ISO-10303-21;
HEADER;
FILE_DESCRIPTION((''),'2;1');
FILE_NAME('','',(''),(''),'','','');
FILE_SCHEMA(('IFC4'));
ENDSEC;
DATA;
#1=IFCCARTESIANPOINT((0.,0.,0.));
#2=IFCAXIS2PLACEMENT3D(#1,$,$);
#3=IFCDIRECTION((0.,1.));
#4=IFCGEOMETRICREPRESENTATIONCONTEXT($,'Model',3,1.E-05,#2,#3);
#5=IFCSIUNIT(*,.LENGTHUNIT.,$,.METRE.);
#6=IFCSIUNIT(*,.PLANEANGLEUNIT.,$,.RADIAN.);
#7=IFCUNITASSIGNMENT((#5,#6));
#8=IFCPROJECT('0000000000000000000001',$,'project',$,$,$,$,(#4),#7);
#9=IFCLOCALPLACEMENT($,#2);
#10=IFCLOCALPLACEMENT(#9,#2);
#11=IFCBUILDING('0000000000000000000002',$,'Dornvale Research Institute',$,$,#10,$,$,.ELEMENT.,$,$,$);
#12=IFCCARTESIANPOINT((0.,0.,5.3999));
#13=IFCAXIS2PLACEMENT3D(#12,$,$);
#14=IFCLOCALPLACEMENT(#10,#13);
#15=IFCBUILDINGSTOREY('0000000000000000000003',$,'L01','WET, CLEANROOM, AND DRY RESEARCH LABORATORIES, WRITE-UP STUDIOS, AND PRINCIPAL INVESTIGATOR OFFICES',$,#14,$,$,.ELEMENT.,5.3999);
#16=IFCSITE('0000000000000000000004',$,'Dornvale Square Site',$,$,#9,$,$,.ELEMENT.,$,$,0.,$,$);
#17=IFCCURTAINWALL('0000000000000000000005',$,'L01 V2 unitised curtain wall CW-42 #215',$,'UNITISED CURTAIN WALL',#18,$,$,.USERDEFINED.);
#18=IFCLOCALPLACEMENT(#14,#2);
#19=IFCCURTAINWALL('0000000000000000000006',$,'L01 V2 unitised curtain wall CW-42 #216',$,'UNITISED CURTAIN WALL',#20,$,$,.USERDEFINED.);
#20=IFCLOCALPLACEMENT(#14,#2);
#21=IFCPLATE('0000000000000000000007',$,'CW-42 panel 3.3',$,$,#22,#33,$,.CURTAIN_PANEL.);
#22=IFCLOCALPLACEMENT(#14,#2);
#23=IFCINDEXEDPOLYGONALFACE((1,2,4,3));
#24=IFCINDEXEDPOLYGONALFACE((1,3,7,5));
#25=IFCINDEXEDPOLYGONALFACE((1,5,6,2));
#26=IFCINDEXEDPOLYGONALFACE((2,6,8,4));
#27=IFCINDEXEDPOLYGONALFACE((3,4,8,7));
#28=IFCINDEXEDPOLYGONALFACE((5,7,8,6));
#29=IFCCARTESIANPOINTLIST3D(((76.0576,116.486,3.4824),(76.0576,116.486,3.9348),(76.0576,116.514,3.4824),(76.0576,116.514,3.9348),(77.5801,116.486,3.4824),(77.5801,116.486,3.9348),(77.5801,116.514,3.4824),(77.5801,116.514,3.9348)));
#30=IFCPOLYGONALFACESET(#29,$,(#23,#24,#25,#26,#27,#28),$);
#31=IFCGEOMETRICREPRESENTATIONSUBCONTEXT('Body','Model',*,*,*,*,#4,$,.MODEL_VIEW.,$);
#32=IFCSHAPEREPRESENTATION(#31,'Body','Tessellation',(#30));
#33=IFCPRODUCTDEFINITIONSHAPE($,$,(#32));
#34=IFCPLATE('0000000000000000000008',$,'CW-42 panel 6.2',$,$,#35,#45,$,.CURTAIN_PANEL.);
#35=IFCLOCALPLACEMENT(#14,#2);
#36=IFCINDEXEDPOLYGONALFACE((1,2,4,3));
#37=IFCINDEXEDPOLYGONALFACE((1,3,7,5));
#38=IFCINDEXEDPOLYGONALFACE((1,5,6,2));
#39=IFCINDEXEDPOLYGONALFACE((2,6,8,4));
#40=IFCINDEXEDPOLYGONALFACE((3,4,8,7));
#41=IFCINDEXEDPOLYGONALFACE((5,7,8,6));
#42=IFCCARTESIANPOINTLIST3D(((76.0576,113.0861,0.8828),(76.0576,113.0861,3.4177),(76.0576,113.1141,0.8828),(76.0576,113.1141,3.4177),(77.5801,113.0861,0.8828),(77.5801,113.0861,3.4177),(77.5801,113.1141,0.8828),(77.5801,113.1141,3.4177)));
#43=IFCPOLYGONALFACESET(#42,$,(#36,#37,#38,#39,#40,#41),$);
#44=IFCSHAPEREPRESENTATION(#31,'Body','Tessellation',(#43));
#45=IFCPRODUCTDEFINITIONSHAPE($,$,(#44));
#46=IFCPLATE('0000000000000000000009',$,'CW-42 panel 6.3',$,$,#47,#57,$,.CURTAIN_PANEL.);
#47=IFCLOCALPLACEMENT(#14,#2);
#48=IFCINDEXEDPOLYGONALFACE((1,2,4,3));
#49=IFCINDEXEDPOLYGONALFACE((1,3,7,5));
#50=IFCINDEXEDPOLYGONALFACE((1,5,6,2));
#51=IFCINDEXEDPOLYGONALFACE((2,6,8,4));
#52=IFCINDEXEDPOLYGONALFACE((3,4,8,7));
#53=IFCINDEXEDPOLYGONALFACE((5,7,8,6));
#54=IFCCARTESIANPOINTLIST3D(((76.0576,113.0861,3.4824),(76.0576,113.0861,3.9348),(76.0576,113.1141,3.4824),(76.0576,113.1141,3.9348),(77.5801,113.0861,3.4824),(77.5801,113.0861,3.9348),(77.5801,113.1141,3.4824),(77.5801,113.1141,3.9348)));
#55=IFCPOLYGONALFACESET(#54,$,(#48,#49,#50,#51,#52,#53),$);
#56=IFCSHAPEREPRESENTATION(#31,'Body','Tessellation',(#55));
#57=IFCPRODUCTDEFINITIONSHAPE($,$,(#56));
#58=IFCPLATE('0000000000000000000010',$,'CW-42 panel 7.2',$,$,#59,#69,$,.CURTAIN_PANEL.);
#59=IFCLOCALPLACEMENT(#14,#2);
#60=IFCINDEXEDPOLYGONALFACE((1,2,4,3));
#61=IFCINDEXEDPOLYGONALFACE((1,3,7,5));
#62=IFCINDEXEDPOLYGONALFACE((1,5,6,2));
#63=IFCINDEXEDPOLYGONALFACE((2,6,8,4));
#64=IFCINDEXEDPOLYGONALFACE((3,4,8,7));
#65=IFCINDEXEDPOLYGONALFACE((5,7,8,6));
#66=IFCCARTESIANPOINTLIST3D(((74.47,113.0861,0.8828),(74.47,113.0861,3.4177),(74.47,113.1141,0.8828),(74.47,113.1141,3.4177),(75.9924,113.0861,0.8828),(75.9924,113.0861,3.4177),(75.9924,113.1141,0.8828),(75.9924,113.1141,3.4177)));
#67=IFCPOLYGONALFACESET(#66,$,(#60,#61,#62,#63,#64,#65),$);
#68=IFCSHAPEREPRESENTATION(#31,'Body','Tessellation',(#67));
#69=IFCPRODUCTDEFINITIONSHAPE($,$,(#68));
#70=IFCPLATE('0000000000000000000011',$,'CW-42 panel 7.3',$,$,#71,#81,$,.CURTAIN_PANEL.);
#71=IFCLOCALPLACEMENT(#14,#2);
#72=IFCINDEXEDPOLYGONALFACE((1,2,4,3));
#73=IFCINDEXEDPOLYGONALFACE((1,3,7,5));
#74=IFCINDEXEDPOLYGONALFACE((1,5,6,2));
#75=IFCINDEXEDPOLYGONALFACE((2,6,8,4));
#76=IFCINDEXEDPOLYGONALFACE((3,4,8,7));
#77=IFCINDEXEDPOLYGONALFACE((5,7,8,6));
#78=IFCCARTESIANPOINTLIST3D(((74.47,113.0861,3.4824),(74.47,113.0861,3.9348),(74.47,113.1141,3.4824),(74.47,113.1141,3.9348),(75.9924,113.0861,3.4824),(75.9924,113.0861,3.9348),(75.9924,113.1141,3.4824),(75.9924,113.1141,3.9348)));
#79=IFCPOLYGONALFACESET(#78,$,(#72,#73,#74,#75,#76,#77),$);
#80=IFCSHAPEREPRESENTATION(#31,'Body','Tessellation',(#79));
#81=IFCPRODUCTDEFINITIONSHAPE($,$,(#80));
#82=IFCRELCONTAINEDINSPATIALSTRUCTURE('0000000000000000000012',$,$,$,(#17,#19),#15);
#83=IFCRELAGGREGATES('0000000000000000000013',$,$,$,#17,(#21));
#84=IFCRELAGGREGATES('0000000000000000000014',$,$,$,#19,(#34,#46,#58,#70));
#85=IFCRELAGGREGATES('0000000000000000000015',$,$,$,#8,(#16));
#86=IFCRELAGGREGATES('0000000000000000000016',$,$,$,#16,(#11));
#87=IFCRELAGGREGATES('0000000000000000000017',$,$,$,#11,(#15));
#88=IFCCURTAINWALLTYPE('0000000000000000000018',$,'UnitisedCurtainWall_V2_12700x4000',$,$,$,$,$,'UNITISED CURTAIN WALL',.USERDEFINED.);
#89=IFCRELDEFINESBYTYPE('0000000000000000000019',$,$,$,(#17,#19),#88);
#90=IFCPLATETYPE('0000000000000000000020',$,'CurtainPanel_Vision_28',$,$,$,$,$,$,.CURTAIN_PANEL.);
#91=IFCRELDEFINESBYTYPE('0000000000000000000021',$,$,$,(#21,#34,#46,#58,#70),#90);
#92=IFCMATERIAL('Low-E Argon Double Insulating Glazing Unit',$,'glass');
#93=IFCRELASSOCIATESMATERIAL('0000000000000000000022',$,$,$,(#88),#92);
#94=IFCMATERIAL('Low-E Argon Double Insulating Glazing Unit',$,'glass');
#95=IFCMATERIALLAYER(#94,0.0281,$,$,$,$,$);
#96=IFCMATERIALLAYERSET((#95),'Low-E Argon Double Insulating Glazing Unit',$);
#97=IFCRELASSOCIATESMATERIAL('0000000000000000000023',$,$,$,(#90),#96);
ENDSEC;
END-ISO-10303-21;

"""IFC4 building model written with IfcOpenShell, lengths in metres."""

from ifc_helpers import new_model, si_unit, direction, frame, origin, origin_2d, place, context, subcontext, project, spatial, rectangle, extrude, material, layer, layer_set, type_object, element, aggregate, save


model = new_model("IFC4")

# Units and contexts
model_context = context("Model", 3, precision=1e-05, world=origin(), true_north=direction((0.0, 1.0)))
body_context = subcontext(model_context, "Body", "Model", "MODEL_VIEW")
ifc_project = project(units=[si_unit("LENGTHUNIT", "METRE"), si_unit("PLANEANGLEUNIT", "RADIAN")], contexts=[model_context])

# Site, building, storey
site_placement = place(None, origin())
site = spatial("IfcSite", under=ifc_project, at=site_placement, Name="Dornvale Square Site", CompositionType="ELEMENT", RefElevation=0.0)
building_placement = place(site_placement, origin())
building = spatial("IfcBuilding", under=site, at=building_placement, Name="Dornvale Research Institute", CompositionType="ELEMENT")
storey_placement = place(building_placement, frame((0.0, 0.0, 5.3999)))
storey = spatial("IfcBuildingStorey", under=building, at=storey_placement, Name="L01", Description="WET, CLEANROOM, AND DRY RESEARCH LABORATORIES, WRITE-UP STUDIOS, AND PRINCIPAL INVESTIGATOR OFFICES", CompositionType="ELEMENT", Elevation=5.3999)

# Curtain walls
ifc_material_1 = material(Name="Low-E Argon Double Insulating Glazing Unit", Category="glass")
curtain_wall_type = type_object("IfcCurtainWallType", Name="UnitisedCurtainWall_V2_12700x4000", ElementType="UNITISED CURTAIN WALL", PredefinedType="USERDEFINED", material=ifc_material_1)
curtain_wall_1_placement = place(storey_placement, origin())
curtain_wall_1 = element("IfcCurtainWall", 1, at=curtain_wall_1_placement, inside=storey, type_object=curtain_wall_type, Name="L01 V2 unitised curtain wall CW-42 #215", ObjectType="UNITISED CURTAIN WALL", PredefinedType="USERDEFINED")
curtain_wall_2_placement = place(storey_placement, origin())
curtain_wall_2 = element("IfcCurtainWall", 2, at=curtain_wall_2_placement, inside=storey, type_object=curtain_wall_type, Name="L01 V2 unitised curtain wall CW-42 #216", ObjectType="UNITISED CURTAIN WALL", PredefinedType="USERDEFINED")

# Plates
ifc_material_2 = material(Name="Low-E Argon Double Insulating Glazing Unit", Category="glass")
ifc_layer_1 = layer(ifc_material_2, 0.0281)
ifc_layer_set_1 = layer_set([ifc_layer_1], Name="Low-E Argon Double Insulating Glazing Unit")
plate_type_1 = type_object("IfcPlateType", Name="CurtainPanel_Vision_28", PredefinedType="CURTAIN_PANEL", material=ifc_layer_set_1)
plate_1_placement = place(storey_placement, frame((76.8188, 116.5, 3.4824), z_axis=(0.0, 0.0, 1.0), x_axis=(1.0, 0.0, 0.0)))
plate_1 = element("IfcPlate", 3, at=plate_1_placement, type_object=plate_type_1, Name="CW-42 panel 3.3", PredefinedType="CURTAIN_PANEL", context=body_context, shape_type="SweptSolid", body=[
    extrude(rectangle(XDim=1.5225, YDim=0.0281, at=origin_2d()), origin(), (0.0, 0.0, 1.0), 0.4524),
])
aggregate(curtain_wall_1, [plate_1])
plate_2_placement = place(storey_placement, frame((76.8188, 113.1001, 0.8828), z_axis=(0.0, 0.0, 1.0), x_axis=(-1.0, 0.0, 0.0)))
plate_2 = element("IfcPlate", 4, at=plate_2_placement, type_object=plate_type_1, Name="CW-42 panel 6.2", PredefinedType="CURTAIN_PANEL", context=body_context, shape_type="SweptSolid", body=[
    extrude(rectangle(XDim=1.5225, YDim=0.0281, at=origin_2d()), origin(), (0.0, 0.0, 1.0), 2.5349),
])
plate_3_placement = place(storey_placement, frame((76.8188, 113.1001, 3.4824), z_axis=(0.0, 0.0, 1.0), x_axis=(-1.0, 0.0, 0.0)))
plate_3 = element("IfcPlate", 5, at=plate_3_placement, type_object=plate_type_1, Name="CW-42 panel 6.3", PredefinedType="CURTAIN_PANEL", context=body_context, shape_type="SweptSolid", body=[
    extrude(rectangle(XDim=1.5225, YDim=0.0281, at=origin_2d()), origin(), (0.0, 0.0, 1.0), 0.4524),
])
plate_4_placement = place(storey_placement, frame((75.2312, 113.1001, 0.8828), z_axis=(0.0, 0.0, 1.0), x_axis=(-1.0, 0.0, 0.0)))
plate_4 = element("IfcPlate", 6, at=plate_4_placement, type_object=plate_type_1, Name="CW-42 panel 7.2", PredefinedType="CURTAIN_PANEL", context=body_context, shape_type="SweptSolid", body=[
    extrude(rectangle(XDim=1.5225, YDim=0.0281, at=origin_2d()), origin(), (0.0, 0.0, 1.0), 2.5349),
])
plate_5_placement = place(storey_placement, frame((75.2312, 113.1001, 3.4824), z_axis=(0.0, 0.0, 1.0), x_axis=(-1.0, 0.0, 0.0)))
plate_5 = element("IfcPlate", 7, at=plate_5_placement, type_object=plate_type_1, Name="CW-42 panel 7.3", PredefinedType="CURTAIN_PANEL", context=body_context, shape_type="SweptSolid", body=[
    extrude(rectangle(XDim=1.5225, YDim=0.0281, at=origin_2d()), origin(), (0.0, 0.0, 1.0), 0.4524),
])
aggregate(curtain_wall_2, [plate_2, plate_3, plate_4, plate_5])

save(model, "model.ifc")
